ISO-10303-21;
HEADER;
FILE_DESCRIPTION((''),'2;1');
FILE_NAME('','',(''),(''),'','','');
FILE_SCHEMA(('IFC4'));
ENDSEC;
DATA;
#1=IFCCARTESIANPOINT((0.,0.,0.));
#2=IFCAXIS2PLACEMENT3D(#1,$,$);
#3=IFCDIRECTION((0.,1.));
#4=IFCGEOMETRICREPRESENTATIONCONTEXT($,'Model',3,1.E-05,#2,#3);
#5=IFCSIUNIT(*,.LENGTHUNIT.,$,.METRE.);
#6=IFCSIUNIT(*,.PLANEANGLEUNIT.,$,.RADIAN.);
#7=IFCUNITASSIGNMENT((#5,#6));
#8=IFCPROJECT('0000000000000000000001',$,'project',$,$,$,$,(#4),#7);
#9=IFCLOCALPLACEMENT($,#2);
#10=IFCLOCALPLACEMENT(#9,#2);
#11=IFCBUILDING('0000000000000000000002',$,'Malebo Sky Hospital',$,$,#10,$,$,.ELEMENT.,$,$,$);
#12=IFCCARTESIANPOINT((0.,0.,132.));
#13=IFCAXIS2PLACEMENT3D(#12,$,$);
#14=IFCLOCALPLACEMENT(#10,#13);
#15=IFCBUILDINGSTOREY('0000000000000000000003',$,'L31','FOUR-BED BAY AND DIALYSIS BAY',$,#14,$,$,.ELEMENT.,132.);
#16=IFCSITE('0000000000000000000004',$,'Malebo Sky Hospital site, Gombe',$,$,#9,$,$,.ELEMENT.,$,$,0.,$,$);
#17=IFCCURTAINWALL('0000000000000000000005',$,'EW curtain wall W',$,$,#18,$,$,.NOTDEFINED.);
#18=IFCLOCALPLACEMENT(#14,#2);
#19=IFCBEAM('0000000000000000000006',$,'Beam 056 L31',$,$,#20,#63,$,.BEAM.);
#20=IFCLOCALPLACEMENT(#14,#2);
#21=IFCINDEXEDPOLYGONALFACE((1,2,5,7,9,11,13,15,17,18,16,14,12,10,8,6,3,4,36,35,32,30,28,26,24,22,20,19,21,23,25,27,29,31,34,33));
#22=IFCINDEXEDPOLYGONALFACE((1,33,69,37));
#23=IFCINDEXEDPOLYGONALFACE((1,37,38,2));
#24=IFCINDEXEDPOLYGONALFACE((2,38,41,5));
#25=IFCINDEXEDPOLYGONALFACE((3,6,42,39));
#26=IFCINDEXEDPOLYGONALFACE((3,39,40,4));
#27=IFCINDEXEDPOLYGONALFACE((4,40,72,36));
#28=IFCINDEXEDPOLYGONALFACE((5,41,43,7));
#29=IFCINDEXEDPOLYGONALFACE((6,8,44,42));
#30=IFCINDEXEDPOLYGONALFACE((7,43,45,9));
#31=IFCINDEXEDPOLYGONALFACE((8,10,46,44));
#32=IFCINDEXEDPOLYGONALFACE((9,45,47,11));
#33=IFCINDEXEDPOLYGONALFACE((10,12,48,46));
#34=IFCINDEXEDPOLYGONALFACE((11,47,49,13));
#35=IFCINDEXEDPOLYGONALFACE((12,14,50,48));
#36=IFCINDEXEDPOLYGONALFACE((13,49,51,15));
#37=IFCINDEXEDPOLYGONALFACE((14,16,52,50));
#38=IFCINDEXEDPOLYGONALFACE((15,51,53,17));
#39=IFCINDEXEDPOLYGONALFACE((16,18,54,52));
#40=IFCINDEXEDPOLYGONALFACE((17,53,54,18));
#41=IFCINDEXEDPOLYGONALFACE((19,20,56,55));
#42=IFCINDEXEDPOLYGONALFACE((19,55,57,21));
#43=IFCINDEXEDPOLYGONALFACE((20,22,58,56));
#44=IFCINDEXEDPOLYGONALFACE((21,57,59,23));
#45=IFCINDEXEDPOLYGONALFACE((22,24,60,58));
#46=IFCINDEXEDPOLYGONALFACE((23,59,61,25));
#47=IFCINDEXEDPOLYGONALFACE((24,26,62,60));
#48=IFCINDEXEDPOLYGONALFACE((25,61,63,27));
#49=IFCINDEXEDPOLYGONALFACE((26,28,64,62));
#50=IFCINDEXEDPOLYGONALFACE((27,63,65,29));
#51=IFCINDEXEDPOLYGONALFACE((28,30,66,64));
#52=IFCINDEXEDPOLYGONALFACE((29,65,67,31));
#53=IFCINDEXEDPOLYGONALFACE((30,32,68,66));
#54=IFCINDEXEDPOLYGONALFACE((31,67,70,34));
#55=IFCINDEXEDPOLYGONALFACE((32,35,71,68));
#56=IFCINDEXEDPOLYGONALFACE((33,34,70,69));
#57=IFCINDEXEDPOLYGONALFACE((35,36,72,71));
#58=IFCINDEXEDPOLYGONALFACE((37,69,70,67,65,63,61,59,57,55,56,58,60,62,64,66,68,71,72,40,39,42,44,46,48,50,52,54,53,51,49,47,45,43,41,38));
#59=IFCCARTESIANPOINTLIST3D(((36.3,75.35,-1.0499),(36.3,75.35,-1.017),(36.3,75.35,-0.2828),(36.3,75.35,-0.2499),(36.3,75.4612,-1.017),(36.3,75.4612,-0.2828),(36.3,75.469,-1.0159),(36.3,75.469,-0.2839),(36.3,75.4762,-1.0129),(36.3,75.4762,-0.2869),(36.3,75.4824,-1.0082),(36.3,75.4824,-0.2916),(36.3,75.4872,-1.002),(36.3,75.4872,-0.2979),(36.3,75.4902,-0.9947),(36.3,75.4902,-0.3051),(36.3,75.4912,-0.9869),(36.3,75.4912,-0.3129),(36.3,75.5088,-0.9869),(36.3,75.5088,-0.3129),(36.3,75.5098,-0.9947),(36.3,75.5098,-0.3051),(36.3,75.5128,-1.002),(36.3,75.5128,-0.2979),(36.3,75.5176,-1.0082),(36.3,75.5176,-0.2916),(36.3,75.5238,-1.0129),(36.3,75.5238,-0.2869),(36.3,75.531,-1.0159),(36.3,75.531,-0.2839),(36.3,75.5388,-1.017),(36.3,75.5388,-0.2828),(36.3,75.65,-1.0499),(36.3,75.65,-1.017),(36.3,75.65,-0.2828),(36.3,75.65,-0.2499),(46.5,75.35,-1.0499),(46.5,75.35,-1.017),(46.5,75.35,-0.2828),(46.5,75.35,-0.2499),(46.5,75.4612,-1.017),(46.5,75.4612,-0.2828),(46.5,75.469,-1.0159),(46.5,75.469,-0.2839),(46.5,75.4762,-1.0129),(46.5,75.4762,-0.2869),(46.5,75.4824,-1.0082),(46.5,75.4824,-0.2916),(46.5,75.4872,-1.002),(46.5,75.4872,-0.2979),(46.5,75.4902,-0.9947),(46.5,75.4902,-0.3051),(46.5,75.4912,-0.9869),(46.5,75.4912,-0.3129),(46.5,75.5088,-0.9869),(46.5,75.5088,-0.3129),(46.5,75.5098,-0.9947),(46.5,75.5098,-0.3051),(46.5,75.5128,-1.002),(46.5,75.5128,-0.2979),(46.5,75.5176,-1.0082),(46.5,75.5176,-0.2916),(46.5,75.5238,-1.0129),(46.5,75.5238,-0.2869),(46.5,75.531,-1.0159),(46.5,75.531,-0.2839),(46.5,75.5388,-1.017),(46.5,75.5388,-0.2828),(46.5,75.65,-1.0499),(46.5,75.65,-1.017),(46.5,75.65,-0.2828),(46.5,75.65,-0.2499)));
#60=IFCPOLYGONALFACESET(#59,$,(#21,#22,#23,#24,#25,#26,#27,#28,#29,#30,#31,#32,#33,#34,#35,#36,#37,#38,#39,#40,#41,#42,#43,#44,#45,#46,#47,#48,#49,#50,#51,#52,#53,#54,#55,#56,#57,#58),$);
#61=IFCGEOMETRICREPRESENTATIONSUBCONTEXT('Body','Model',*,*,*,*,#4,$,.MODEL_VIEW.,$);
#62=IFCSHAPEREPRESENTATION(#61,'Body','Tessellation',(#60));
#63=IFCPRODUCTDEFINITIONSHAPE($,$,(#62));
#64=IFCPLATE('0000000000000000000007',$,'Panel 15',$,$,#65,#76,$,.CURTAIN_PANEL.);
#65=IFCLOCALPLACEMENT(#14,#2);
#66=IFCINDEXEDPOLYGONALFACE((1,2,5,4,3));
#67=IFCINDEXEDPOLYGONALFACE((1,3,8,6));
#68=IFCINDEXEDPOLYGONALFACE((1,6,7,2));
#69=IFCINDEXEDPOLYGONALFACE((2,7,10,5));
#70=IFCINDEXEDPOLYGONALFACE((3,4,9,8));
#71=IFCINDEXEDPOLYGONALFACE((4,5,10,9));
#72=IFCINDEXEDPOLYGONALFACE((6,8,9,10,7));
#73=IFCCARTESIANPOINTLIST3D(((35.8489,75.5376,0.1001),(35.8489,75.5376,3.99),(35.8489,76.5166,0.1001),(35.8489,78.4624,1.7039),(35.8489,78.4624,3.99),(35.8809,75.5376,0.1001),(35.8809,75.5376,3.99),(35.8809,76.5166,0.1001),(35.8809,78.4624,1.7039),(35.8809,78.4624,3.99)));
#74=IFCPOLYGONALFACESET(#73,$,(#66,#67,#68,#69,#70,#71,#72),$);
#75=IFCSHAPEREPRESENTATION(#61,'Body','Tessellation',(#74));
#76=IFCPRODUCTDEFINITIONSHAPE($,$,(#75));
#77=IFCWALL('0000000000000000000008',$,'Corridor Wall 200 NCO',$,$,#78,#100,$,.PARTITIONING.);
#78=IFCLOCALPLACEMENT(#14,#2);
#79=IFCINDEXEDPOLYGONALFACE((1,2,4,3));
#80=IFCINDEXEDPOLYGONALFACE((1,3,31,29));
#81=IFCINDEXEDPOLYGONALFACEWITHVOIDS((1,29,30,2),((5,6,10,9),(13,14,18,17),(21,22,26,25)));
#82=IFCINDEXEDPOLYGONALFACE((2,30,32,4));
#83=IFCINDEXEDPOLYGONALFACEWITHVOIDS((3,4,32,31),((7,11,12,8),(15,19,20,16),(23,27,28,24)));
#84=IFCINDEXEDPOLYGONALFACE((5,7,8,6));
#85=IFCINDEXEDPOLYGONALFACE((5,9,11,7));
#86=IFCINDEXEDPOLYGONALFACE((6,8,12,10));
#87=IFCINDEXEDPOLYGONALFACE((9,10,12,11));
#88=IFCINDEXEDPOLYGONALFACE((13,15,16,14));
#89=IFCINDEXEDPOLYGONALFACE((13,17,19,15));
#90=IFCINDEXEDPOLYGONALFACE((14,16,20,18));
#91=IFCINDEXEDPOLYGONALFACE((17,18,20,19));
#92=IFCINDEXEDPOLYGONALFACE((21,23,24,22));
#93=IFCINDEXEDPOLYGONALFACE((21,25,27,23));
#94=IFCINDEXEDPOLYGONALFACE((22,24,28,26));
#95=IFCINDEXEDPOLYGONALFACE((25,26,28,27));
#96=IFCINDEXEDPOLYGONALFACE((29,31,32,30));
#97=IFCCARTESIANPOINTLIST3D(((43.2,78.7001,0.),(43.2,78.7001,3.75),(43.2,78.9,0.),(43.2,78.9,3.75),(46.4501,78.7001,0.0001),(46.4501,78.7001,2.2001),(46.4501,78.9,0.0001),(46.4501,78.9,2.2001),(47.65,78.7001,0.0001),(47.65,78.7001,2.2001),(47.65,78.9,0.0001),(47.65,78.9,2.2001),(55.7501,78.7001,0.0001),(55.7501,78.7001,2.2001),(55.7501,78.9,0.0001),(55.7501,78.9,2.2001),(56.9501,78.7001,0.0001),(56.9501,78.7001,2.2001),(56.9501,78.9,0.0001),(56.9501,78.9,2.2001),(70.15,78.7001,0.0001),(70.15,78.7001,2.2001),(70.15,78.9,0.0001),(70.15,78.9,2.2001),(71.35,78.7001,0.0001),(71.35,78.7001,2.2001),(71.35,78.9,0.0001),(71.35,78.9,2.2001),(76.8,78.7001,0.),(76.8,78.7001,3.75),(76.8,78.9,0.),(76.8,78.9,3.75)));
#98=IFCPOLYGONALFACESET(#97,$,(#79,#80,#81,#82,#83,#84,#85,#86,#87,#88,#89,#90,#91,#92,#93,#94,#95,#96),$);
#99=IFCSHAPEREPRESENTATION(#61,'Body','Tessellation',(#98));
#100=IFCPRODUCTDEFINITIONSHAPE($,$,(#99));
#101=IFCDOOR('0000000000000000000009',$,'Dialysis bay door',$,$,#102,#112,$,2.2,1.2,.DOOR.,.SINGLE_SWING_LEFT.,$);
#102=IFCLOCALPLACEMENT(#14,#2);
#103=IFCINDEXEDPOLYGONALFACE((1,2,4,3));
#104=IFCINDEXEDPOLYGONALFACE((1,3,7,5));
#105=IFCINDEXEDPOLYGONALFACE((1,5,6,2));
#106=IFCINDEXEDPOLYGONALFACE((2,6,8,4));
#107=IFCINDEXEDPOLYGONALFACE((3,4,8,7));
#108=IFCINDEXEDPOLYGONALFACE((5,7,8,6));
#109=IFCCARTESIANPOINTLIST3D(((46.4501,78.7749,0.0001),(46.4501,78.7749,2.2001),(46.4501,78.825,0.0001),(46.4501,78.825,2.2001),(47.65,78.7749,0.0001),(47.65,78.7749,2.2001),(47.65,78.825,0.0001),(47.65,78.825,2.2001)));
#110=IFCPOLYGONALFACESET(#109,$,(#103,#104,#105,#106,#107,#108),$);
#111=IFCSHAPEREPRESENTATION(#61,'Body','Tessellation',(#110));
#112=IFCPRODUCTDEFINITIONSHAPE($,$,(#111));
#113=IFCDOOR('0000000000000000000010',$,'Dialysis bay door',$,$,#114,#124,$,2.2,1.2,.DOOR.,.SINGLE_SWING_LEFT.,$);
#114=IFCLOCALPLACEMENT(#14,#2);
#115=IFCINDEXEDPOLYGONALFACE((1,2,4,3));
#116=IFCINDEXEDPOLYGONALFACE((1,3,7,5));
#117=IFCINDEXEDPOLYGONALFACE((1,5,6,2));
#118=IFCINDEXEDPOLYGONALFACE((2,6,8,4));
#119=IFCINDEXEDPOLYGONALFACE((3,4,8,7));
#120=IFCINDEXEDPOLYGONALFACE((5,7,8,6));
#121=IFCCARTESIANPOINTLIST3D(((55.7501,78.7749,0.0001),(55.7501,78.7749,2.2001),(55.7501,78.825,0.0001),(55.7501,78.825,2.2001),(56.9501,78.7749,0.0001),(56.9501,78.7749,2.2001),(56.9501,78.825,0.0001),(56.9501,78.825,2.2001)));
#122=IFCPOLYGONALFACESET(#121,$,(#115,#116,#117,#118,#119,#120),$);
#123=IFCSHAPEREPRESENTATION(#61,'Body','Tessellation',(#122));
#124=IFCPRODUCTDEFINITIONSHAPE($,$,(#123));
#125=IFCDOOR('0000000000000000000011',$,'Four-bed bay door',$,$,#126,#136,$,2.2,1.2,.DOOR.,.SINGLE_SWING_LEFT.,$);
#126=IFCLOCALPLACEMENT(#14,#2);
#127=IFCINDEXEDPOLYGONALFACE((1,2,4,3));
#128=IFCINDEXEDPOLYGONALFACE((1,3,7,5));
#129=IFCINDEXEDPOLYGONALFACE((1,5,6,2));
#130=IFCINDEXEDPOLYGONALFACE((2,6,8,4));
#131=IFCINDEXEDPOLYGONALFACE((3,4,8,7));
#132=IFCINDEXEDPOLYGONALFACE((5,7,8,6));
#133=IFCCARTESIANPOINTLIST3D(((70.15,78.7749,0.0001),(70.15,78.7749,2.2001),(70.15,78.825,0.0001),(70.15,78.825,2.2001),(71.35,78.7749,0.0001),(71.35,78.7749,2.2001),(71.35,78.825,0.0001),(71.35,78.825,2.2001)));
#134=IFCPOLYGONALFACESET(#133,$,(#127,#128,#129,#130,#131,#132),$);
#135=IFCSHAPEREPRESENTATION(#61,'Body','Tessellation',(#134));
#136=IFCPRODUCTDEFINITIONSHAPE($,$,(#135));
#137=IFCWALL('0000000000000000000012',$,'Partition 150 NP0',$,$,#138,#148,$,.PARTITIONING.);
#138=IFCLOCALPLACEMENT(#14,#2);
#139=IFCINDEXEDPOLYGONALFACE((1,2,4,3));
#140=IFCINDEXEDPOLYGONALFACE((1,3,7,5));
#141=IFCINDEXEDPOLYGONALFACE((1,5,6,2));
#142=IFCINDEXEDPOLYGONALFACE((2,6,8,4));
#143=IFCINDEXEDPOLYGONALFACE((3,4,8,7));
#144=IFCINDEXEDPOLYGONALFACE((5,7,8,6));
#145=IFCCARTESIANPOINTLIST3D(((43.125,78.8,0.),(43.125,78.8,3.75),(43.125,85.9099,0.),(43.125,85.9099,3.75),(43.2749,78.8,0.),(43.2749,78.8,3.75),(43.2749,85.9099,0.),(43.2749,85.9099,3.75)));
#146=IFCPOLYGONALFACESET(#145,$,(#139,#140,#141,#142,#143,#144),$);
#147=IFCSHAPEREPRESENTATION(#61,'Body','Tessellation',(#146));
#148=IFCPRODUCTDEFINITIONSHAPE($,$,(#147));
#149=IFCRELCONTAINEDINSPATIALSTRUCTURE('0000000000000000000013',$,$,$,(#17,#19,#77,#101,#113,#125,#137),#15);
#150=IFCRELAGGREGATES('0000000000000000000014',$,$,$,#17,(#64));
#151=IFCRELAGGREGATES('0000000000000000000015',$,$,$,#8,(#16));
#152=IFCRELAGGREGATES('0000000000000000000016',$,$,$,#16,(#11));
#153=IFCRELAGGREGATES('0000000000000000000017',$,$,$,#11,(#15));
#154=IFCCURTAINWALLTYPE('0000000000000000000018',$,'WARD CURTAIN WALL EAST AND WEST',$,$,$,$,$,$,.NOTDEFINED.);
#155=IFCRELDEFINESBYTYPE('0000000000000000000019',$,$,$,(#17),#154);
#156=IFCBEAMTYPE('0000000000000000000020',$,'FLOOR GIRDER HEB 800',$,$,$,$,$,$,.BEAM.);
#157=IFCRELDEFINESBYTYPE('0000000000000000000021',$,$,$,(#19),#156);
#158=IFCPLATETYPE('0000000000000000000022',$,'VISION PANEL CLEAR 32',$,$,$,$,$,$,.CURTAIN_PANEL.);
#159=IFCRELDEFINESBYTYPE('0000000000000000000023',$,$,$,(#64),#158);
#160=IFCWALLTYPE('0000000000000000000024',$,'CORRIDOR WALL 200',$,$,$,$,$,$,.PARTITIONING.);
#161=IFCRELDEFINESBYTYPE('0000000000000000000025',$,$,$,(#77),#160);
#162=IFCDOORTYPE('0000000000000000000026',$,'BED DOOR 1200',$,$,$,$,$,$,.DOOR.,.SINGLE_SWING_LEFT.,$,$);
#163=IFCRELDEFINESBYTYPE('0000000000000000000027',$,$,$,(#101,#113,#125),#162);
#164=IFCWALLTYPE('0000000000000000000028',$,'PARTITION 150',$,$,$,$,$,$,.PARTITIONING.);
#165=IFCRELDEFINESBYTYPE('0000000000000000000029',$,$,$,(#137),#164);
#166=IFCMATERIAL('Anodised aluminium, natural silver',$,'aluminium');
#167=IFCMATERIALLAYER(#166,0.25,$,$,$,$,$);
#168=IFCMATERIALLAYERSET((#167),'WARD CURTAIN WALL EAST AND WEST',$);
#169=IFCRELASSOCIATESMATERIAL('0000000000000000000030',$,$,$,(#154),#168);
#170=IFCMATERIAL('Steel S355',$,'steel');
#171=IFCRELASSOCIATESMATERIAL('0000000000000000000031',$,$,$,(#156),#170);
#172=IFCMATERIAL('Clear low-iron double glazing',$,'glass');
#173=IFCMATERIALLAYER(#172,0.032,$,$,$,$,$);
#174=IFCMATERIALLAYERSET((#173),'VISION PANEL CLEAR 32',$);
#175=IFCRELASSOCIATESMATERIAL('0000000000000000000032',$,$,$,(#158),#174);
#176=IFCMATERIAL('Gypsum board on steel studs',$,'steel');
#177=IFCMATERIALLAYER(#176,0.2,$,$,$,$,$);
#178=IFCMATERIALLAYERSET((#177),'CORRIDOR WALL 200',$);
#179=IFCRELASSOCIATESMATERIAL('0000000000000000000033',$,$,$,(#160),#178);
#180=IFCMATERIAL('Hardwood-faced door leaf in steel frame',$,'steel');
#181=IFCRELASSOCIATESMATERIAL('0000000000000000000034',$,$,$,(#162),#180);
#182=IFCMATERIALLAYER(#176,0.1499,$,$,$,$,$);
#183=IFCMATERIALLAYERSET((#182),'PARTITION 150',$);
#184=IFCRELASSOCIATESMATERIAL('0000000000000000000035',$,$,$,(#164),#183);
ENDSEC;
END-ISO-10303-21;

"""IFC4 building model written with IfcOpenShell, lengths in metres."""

from ifc_helpers import new_model, si_unit, direction, frame, frame_2d, origin, origin_2d, place, context, subcontext, project, spatial, polyline, rectangle, i_section, outline, extrude, material, layer, layer_set, material_profile, profile_set, type_object, element, fill, aggregate, save


model = new_model("IFC4")

# Units and contexts
model_context = context("Model", 3, precision=1e-05, world=origin(), true_north=direction((0.0, 1.0)))
body_context = subcontext(model_context, "Body", "Model", "MODEL_VIEW")
ifc_project = project(units=[si_unit("LENGTHUNIT", "METRE"), si_unit("PLANEANGLEUNIT", "RADIAN")], contexts=[model_context])

# Site, building, storey
site_placement = place(None, origin())
site = spatial("IfcSite", under=ifc_project, at=site_placement, Name="Malebo Sky Hospital site, Gombe", CompositionType="ELEMENT", RefElevation=0.0)
building_placement = place(site_placement, origin())
building = spatial("IfcBuilding", under=site, at=building_placement, Name="Malebo Sky Hospital", CompositionType="ELEMENT")
storey_placement = place(building_placement, frame((0.0, 0.0, 132.0)))
storey = spatial("IfcBuildingStorey", under=building, at=storey_placement, Name="L31", Description="FOUR-BED BAY AND DIALYSIS BAY", CompositionType="ELEMENT", Elevation=132.0)

# Curtain wall
ifc_material_1 = material(Name="Anodised aluminium, natural silver", Category="aluminium")
ifc_layer_1 = layer(ifc_material_1, 0.25)
ifc_layer_set_1 = layer_set([ifc_layer_1], Name="WARD CURTAIN WALL EAST AND WEST")
curtain_wall_type = type_object("IfcCurtainWallType", Name="WARD CURTAIN WALL EAST AND WEST", PredefinedType="NOTDEFINED", material=ifc_layer_set_1)
curtain_wall_placement = place(storey_placement, origin())
curtain_wall = element("IfcCurtainWall", 1, at=curtain_wall_placement, inside=storey, type_object=curtain_wall_type, Name="EW curtain wall W", PredefinedType="NOTDEFINED")

# Shared definitions
ifc_material_2 = material(Name="Steel S355", Category="steel")

# Beam
ifc_material_profile_1 = material_profile(ifc_material_2, i_section(OverallWidth=0.3, OverallDepth=0.8, WebThickness=0.0176, FlangeThickness=0.033, FilletRadius=0.03, at=origin_2d()), Name="HEB 800")
ifc_profile_set_1 = profile_set([ifc_material_profile_1], Name="Steel S355")
beam_type_1 = type_object("IfcBeamType", Name="FLOOR GIRDER HEB 800", PredefinedType="BEAM", material=ifc_profile_set_1)
beam_1_placement = place(storey_placement, frame((36.3, 75.5, -0.6499), z_axis=(1.0, 0.0, 0.0), x_axis=(0.0, 1.0, 0.0)))
element("IfcBeam", 2, at=beam_1_placement, inside=storey, type_object=beam_type_1, Name="Beam 056 L31", PredefinedType="BEAM", context=body_context, shape_type="SweptSolid", body=[
    extrude(i_section(OverallWidth=0.3, OverallDepth=0.8, WebThickness=0.0176, FlangeThickness=0.033, FilletRadius=0.03, at=origin_2d()), origin(), (0.0, 0.0, 1.0), 10.2),
])

# Plate
ifc_material_3 = material(Name="Clear low-iron double glazing", Category="glass")
ifc_layer_2 = layer(ifc_material_3, 0.032)
ifc_layer_set_2 = layer_set([ifc_layer_2], Name="VISION PANEL CLEAR 32")
plate_type = type_object("IfcPlateType", Name="VISION PANEL CLEAR 32", PredefinedType="CURTAIN_PANEL", material=ifc_layer_set_2)
plate_placement = place(storey_placement, frame((35.865, 77.0, 0.1001), z_axis=(0.0, 0.0, 1.0), x_axis=(0.0, 1.0, 0.0)))
plate = element("IfcPlate", 3, at=plate_placement, type_object=plate_type, Name="Panel 15", PredefinedType="CURTAIN_PANEL", context=body_context, shape_type="SweptSolid", body=[
    extrude(outline(polyline([(-1.4624, 0.0), (-0.4834, 0.0), (1.4624, 1.6038), (1.4624, 3.8899), (-1.4624, 3.8899), (-1.4624, 0.0)])), frame((0.0, 0.0161, 0.0), z_axis=(0.0, -1.0, 0.0), x_axis=(1.0, 0.0, 0.0)), (0.0, 0.0, 1.0), 0.032),
])
aggregate(curtain_wall, [plate])

# Wall, openings, doors
ifc_material_4 = material(Name="Gypsum board on steel studs", Category="steel")
ifc_layer_3 = layer(ifc_material_4, 0.2)
ifc_layer_set_3 = layer_set([ifc_layer_3], Name="CORRIDOR WALL 200")
wall_type_1 = type_object("IfcWallType", Name="CORRIDOR WALL 200", PredefinedType="PARTITIONING", material=ifc_layer_set_3)
wall_1_placement = place(storey_placement, frame((43.2, 78.8, 0.0), z_axis=(0.0, 0.0, 1.0), x_axis=(1.0, 0.0, 0.0)))
wall_1 = element("IfcWall", 4, at=wall_1_placement, inside=storey, type_object=wall_type_1, Name="Corridor Wall 200 NCO", PredefinedType="PARTITIONING", context=body_context, shape_type="SweptSolid", body=[
    extrude(rectangle(XDim=33.6001, YDim=0.2, at=frame_2d((16.8, 0.0))), origin(), (0.0, 0.0, 1.0), 3.75),
])
opening_1_placement = place(wall_1_placement, frame((3.25, 0.0, 0.0)))
opening_1 = element("IfcOpeningElement", 5, at=opening_1_placement, cuts=wall_1, PredefinedType="OPENING", context=body_context, shape_type="SweptSolid", body=[
    extrude(rectangle(XDim=1.2, YDim=2.2, at=frame_2d((0.6001, 1.1001))), frame((0.0, 0.1099, 0.0), z_axis=(0.0, -1.0, 0.0), x_axis=(1.0, 0.0, 0.0)), (0.0, 0.0, 1.0), 0.22),
])
opening_2_placement = place(wall_1_placement, frame((12.55, 0.0, 0.0)))
opening_2 = element("IfcOpeningElement", 6, at=opening_2_placement, cuts=wall_1, PredefinedType="OPENING", context=body_context, shape_type="SweptSolid", body=[
    extrude(rectangle(XDim=1.2, YDim=2.2, at=frame_2d((0.6001, 1.1001))), frame((0.0, 0.1099, 0.0), z_axis=(0.0, -1.0, 0.0), x_axis=(1.0, 0.0, 0.0)), (0.0, 0.0, 1.0), 0.22),
])
opening_3_placement = place(wall_1_placement, frame((26.95, 0.0, 0.0)))
opening_3 = element("IfcOpeningElement", 7, at=opening_3_placement, cuts=wall_1, PredefinedType="OPENING", context=body_context, shape_type="SweptSolid", body=[
    extrude(rectangle(XDim=1.2, YDim=2.2, at=frame_2d((0.6001, 1.1001))), frame((0.0, 0.1099, 0.0), z_axis=(0.0, -1.0, 0.0), x_axis=(1.0, 0.0, 0.0)), (0.0, 0.0, 1.0), 0.22),
])
ifc_material_5 = material(Name="Hardwood-faced door leaf in steel frame", Category="steel")
door_type_1 = type_object("IfcDoorType", Name="BED DOOR 1200", OperationType="SINGLE_SWING_LEFT", PredefinedType="DOOR", material=ifc_material_5)
door_1_placement = place(opening_1_placement, origin())
door_1 = element("IfcDoor", 8, at=door_1_placement, inside=storey, type_object=door_type_1, Name="Dialysis bay door", OperationType="SINGLE_SWING_LEFT", OverallHeight=2.2, OverallWidth=1.2, PredefinedType="DOOR", context=body_context, shape_type="SweptSolid", body=[
    extrude(rectangle(XDim=1.2, YDim=2.2, at=frame_2d((0.6001, 1.1001))), frame((0.0, 0.0249, 0.0), z_axis=(0.0, -1.0, 0.0), x_axis=(1.0, 0.0, 0.0)), (0.0, 0.0, 1.0), 0.05),
])
fill(opening_1, door_1)
door_2_placement = place(opening_2_placement, origin())
door_2 = element("IfcDoor", 9, at=door_2_placement, inside=storey, type_object=door_type_1, Name="Dialysis bay door", OperationType="SINGLE_SWING_LEFT", OverallHeight=2.2, OverallWidth=1.2, PredefinedType="DOOR", context=body_context, shape_type="SweptSolid", body=[
    extrude(rectangle(XDim=1.2, YDim=2.2, at=frame_2d((0.6001, 1.1001))), frame((0.0, 0.0249, 0.0), z_axis=(0.0, -1.0, 0.0), x_axis=(1.0, 0.0, 0.0)), (0.0, 0.0, 1.0), 0.05),
])
fill(opening_2, door_2)
door_3_placement = place(opening_3_placement, origin())
door_3 = element("IfcDoor", 10, at=door_3_placement, inside=storey, type_object=door_type_1, Name="Four-bed bay door", OperationType="SINGLE_SWING_LEFT", OverallHeight=2.2, OverallWidth=1.2, PredefinedType="DOOR", context=body_context, shape_type="SweptSolid", body=[
    extrude(rectangle(XDim=1.2, YDim=2.2, at=frame_2d((0.6001, 1.1001))), frame((0.0, 0.0249, 0.0), z_axis=(0.0, -1.0, 0.0), x_axis=(1.0, 0.0, 0.0)), (0.0, 0.0, 1.0), 0.05),
])
fill(opening_3, door_3)

# Wall
ifc_layer_4 = layer(ifc_material_4, 0.1499)
ifc_layer_set_4 = layer_set([ifc_layer_4], Name="PARTITION 150")
wall_type_2 = type_object("IfcWallType", Name="PARTITION 150", PredefinedType="PARTITIONING", material=ifc_layer_set_4)
wall_2_placement = place(storey_placement, frame((43.2, 78.8, 0.0), z_axis=(0.0, 0.0, 1.0), x_axis=(0.0, 1.0, 0.0)))
element("IfcWall", 11, at=wall_2_placement, inside=storey, type_object=wall_type_2, Name="Partition 150 NP0", PredefinedType="PARTITIONING", context=body_context, shape_type="SweptSolid", body=[
    extrude(rectangle(XDim=7.1099, YDim=0.1499, at=frame_2d((3.5549, 0.0))), origin(), (0.0, 0.0, 1.0), 3.75),
])

save(model, "model.ifc")
